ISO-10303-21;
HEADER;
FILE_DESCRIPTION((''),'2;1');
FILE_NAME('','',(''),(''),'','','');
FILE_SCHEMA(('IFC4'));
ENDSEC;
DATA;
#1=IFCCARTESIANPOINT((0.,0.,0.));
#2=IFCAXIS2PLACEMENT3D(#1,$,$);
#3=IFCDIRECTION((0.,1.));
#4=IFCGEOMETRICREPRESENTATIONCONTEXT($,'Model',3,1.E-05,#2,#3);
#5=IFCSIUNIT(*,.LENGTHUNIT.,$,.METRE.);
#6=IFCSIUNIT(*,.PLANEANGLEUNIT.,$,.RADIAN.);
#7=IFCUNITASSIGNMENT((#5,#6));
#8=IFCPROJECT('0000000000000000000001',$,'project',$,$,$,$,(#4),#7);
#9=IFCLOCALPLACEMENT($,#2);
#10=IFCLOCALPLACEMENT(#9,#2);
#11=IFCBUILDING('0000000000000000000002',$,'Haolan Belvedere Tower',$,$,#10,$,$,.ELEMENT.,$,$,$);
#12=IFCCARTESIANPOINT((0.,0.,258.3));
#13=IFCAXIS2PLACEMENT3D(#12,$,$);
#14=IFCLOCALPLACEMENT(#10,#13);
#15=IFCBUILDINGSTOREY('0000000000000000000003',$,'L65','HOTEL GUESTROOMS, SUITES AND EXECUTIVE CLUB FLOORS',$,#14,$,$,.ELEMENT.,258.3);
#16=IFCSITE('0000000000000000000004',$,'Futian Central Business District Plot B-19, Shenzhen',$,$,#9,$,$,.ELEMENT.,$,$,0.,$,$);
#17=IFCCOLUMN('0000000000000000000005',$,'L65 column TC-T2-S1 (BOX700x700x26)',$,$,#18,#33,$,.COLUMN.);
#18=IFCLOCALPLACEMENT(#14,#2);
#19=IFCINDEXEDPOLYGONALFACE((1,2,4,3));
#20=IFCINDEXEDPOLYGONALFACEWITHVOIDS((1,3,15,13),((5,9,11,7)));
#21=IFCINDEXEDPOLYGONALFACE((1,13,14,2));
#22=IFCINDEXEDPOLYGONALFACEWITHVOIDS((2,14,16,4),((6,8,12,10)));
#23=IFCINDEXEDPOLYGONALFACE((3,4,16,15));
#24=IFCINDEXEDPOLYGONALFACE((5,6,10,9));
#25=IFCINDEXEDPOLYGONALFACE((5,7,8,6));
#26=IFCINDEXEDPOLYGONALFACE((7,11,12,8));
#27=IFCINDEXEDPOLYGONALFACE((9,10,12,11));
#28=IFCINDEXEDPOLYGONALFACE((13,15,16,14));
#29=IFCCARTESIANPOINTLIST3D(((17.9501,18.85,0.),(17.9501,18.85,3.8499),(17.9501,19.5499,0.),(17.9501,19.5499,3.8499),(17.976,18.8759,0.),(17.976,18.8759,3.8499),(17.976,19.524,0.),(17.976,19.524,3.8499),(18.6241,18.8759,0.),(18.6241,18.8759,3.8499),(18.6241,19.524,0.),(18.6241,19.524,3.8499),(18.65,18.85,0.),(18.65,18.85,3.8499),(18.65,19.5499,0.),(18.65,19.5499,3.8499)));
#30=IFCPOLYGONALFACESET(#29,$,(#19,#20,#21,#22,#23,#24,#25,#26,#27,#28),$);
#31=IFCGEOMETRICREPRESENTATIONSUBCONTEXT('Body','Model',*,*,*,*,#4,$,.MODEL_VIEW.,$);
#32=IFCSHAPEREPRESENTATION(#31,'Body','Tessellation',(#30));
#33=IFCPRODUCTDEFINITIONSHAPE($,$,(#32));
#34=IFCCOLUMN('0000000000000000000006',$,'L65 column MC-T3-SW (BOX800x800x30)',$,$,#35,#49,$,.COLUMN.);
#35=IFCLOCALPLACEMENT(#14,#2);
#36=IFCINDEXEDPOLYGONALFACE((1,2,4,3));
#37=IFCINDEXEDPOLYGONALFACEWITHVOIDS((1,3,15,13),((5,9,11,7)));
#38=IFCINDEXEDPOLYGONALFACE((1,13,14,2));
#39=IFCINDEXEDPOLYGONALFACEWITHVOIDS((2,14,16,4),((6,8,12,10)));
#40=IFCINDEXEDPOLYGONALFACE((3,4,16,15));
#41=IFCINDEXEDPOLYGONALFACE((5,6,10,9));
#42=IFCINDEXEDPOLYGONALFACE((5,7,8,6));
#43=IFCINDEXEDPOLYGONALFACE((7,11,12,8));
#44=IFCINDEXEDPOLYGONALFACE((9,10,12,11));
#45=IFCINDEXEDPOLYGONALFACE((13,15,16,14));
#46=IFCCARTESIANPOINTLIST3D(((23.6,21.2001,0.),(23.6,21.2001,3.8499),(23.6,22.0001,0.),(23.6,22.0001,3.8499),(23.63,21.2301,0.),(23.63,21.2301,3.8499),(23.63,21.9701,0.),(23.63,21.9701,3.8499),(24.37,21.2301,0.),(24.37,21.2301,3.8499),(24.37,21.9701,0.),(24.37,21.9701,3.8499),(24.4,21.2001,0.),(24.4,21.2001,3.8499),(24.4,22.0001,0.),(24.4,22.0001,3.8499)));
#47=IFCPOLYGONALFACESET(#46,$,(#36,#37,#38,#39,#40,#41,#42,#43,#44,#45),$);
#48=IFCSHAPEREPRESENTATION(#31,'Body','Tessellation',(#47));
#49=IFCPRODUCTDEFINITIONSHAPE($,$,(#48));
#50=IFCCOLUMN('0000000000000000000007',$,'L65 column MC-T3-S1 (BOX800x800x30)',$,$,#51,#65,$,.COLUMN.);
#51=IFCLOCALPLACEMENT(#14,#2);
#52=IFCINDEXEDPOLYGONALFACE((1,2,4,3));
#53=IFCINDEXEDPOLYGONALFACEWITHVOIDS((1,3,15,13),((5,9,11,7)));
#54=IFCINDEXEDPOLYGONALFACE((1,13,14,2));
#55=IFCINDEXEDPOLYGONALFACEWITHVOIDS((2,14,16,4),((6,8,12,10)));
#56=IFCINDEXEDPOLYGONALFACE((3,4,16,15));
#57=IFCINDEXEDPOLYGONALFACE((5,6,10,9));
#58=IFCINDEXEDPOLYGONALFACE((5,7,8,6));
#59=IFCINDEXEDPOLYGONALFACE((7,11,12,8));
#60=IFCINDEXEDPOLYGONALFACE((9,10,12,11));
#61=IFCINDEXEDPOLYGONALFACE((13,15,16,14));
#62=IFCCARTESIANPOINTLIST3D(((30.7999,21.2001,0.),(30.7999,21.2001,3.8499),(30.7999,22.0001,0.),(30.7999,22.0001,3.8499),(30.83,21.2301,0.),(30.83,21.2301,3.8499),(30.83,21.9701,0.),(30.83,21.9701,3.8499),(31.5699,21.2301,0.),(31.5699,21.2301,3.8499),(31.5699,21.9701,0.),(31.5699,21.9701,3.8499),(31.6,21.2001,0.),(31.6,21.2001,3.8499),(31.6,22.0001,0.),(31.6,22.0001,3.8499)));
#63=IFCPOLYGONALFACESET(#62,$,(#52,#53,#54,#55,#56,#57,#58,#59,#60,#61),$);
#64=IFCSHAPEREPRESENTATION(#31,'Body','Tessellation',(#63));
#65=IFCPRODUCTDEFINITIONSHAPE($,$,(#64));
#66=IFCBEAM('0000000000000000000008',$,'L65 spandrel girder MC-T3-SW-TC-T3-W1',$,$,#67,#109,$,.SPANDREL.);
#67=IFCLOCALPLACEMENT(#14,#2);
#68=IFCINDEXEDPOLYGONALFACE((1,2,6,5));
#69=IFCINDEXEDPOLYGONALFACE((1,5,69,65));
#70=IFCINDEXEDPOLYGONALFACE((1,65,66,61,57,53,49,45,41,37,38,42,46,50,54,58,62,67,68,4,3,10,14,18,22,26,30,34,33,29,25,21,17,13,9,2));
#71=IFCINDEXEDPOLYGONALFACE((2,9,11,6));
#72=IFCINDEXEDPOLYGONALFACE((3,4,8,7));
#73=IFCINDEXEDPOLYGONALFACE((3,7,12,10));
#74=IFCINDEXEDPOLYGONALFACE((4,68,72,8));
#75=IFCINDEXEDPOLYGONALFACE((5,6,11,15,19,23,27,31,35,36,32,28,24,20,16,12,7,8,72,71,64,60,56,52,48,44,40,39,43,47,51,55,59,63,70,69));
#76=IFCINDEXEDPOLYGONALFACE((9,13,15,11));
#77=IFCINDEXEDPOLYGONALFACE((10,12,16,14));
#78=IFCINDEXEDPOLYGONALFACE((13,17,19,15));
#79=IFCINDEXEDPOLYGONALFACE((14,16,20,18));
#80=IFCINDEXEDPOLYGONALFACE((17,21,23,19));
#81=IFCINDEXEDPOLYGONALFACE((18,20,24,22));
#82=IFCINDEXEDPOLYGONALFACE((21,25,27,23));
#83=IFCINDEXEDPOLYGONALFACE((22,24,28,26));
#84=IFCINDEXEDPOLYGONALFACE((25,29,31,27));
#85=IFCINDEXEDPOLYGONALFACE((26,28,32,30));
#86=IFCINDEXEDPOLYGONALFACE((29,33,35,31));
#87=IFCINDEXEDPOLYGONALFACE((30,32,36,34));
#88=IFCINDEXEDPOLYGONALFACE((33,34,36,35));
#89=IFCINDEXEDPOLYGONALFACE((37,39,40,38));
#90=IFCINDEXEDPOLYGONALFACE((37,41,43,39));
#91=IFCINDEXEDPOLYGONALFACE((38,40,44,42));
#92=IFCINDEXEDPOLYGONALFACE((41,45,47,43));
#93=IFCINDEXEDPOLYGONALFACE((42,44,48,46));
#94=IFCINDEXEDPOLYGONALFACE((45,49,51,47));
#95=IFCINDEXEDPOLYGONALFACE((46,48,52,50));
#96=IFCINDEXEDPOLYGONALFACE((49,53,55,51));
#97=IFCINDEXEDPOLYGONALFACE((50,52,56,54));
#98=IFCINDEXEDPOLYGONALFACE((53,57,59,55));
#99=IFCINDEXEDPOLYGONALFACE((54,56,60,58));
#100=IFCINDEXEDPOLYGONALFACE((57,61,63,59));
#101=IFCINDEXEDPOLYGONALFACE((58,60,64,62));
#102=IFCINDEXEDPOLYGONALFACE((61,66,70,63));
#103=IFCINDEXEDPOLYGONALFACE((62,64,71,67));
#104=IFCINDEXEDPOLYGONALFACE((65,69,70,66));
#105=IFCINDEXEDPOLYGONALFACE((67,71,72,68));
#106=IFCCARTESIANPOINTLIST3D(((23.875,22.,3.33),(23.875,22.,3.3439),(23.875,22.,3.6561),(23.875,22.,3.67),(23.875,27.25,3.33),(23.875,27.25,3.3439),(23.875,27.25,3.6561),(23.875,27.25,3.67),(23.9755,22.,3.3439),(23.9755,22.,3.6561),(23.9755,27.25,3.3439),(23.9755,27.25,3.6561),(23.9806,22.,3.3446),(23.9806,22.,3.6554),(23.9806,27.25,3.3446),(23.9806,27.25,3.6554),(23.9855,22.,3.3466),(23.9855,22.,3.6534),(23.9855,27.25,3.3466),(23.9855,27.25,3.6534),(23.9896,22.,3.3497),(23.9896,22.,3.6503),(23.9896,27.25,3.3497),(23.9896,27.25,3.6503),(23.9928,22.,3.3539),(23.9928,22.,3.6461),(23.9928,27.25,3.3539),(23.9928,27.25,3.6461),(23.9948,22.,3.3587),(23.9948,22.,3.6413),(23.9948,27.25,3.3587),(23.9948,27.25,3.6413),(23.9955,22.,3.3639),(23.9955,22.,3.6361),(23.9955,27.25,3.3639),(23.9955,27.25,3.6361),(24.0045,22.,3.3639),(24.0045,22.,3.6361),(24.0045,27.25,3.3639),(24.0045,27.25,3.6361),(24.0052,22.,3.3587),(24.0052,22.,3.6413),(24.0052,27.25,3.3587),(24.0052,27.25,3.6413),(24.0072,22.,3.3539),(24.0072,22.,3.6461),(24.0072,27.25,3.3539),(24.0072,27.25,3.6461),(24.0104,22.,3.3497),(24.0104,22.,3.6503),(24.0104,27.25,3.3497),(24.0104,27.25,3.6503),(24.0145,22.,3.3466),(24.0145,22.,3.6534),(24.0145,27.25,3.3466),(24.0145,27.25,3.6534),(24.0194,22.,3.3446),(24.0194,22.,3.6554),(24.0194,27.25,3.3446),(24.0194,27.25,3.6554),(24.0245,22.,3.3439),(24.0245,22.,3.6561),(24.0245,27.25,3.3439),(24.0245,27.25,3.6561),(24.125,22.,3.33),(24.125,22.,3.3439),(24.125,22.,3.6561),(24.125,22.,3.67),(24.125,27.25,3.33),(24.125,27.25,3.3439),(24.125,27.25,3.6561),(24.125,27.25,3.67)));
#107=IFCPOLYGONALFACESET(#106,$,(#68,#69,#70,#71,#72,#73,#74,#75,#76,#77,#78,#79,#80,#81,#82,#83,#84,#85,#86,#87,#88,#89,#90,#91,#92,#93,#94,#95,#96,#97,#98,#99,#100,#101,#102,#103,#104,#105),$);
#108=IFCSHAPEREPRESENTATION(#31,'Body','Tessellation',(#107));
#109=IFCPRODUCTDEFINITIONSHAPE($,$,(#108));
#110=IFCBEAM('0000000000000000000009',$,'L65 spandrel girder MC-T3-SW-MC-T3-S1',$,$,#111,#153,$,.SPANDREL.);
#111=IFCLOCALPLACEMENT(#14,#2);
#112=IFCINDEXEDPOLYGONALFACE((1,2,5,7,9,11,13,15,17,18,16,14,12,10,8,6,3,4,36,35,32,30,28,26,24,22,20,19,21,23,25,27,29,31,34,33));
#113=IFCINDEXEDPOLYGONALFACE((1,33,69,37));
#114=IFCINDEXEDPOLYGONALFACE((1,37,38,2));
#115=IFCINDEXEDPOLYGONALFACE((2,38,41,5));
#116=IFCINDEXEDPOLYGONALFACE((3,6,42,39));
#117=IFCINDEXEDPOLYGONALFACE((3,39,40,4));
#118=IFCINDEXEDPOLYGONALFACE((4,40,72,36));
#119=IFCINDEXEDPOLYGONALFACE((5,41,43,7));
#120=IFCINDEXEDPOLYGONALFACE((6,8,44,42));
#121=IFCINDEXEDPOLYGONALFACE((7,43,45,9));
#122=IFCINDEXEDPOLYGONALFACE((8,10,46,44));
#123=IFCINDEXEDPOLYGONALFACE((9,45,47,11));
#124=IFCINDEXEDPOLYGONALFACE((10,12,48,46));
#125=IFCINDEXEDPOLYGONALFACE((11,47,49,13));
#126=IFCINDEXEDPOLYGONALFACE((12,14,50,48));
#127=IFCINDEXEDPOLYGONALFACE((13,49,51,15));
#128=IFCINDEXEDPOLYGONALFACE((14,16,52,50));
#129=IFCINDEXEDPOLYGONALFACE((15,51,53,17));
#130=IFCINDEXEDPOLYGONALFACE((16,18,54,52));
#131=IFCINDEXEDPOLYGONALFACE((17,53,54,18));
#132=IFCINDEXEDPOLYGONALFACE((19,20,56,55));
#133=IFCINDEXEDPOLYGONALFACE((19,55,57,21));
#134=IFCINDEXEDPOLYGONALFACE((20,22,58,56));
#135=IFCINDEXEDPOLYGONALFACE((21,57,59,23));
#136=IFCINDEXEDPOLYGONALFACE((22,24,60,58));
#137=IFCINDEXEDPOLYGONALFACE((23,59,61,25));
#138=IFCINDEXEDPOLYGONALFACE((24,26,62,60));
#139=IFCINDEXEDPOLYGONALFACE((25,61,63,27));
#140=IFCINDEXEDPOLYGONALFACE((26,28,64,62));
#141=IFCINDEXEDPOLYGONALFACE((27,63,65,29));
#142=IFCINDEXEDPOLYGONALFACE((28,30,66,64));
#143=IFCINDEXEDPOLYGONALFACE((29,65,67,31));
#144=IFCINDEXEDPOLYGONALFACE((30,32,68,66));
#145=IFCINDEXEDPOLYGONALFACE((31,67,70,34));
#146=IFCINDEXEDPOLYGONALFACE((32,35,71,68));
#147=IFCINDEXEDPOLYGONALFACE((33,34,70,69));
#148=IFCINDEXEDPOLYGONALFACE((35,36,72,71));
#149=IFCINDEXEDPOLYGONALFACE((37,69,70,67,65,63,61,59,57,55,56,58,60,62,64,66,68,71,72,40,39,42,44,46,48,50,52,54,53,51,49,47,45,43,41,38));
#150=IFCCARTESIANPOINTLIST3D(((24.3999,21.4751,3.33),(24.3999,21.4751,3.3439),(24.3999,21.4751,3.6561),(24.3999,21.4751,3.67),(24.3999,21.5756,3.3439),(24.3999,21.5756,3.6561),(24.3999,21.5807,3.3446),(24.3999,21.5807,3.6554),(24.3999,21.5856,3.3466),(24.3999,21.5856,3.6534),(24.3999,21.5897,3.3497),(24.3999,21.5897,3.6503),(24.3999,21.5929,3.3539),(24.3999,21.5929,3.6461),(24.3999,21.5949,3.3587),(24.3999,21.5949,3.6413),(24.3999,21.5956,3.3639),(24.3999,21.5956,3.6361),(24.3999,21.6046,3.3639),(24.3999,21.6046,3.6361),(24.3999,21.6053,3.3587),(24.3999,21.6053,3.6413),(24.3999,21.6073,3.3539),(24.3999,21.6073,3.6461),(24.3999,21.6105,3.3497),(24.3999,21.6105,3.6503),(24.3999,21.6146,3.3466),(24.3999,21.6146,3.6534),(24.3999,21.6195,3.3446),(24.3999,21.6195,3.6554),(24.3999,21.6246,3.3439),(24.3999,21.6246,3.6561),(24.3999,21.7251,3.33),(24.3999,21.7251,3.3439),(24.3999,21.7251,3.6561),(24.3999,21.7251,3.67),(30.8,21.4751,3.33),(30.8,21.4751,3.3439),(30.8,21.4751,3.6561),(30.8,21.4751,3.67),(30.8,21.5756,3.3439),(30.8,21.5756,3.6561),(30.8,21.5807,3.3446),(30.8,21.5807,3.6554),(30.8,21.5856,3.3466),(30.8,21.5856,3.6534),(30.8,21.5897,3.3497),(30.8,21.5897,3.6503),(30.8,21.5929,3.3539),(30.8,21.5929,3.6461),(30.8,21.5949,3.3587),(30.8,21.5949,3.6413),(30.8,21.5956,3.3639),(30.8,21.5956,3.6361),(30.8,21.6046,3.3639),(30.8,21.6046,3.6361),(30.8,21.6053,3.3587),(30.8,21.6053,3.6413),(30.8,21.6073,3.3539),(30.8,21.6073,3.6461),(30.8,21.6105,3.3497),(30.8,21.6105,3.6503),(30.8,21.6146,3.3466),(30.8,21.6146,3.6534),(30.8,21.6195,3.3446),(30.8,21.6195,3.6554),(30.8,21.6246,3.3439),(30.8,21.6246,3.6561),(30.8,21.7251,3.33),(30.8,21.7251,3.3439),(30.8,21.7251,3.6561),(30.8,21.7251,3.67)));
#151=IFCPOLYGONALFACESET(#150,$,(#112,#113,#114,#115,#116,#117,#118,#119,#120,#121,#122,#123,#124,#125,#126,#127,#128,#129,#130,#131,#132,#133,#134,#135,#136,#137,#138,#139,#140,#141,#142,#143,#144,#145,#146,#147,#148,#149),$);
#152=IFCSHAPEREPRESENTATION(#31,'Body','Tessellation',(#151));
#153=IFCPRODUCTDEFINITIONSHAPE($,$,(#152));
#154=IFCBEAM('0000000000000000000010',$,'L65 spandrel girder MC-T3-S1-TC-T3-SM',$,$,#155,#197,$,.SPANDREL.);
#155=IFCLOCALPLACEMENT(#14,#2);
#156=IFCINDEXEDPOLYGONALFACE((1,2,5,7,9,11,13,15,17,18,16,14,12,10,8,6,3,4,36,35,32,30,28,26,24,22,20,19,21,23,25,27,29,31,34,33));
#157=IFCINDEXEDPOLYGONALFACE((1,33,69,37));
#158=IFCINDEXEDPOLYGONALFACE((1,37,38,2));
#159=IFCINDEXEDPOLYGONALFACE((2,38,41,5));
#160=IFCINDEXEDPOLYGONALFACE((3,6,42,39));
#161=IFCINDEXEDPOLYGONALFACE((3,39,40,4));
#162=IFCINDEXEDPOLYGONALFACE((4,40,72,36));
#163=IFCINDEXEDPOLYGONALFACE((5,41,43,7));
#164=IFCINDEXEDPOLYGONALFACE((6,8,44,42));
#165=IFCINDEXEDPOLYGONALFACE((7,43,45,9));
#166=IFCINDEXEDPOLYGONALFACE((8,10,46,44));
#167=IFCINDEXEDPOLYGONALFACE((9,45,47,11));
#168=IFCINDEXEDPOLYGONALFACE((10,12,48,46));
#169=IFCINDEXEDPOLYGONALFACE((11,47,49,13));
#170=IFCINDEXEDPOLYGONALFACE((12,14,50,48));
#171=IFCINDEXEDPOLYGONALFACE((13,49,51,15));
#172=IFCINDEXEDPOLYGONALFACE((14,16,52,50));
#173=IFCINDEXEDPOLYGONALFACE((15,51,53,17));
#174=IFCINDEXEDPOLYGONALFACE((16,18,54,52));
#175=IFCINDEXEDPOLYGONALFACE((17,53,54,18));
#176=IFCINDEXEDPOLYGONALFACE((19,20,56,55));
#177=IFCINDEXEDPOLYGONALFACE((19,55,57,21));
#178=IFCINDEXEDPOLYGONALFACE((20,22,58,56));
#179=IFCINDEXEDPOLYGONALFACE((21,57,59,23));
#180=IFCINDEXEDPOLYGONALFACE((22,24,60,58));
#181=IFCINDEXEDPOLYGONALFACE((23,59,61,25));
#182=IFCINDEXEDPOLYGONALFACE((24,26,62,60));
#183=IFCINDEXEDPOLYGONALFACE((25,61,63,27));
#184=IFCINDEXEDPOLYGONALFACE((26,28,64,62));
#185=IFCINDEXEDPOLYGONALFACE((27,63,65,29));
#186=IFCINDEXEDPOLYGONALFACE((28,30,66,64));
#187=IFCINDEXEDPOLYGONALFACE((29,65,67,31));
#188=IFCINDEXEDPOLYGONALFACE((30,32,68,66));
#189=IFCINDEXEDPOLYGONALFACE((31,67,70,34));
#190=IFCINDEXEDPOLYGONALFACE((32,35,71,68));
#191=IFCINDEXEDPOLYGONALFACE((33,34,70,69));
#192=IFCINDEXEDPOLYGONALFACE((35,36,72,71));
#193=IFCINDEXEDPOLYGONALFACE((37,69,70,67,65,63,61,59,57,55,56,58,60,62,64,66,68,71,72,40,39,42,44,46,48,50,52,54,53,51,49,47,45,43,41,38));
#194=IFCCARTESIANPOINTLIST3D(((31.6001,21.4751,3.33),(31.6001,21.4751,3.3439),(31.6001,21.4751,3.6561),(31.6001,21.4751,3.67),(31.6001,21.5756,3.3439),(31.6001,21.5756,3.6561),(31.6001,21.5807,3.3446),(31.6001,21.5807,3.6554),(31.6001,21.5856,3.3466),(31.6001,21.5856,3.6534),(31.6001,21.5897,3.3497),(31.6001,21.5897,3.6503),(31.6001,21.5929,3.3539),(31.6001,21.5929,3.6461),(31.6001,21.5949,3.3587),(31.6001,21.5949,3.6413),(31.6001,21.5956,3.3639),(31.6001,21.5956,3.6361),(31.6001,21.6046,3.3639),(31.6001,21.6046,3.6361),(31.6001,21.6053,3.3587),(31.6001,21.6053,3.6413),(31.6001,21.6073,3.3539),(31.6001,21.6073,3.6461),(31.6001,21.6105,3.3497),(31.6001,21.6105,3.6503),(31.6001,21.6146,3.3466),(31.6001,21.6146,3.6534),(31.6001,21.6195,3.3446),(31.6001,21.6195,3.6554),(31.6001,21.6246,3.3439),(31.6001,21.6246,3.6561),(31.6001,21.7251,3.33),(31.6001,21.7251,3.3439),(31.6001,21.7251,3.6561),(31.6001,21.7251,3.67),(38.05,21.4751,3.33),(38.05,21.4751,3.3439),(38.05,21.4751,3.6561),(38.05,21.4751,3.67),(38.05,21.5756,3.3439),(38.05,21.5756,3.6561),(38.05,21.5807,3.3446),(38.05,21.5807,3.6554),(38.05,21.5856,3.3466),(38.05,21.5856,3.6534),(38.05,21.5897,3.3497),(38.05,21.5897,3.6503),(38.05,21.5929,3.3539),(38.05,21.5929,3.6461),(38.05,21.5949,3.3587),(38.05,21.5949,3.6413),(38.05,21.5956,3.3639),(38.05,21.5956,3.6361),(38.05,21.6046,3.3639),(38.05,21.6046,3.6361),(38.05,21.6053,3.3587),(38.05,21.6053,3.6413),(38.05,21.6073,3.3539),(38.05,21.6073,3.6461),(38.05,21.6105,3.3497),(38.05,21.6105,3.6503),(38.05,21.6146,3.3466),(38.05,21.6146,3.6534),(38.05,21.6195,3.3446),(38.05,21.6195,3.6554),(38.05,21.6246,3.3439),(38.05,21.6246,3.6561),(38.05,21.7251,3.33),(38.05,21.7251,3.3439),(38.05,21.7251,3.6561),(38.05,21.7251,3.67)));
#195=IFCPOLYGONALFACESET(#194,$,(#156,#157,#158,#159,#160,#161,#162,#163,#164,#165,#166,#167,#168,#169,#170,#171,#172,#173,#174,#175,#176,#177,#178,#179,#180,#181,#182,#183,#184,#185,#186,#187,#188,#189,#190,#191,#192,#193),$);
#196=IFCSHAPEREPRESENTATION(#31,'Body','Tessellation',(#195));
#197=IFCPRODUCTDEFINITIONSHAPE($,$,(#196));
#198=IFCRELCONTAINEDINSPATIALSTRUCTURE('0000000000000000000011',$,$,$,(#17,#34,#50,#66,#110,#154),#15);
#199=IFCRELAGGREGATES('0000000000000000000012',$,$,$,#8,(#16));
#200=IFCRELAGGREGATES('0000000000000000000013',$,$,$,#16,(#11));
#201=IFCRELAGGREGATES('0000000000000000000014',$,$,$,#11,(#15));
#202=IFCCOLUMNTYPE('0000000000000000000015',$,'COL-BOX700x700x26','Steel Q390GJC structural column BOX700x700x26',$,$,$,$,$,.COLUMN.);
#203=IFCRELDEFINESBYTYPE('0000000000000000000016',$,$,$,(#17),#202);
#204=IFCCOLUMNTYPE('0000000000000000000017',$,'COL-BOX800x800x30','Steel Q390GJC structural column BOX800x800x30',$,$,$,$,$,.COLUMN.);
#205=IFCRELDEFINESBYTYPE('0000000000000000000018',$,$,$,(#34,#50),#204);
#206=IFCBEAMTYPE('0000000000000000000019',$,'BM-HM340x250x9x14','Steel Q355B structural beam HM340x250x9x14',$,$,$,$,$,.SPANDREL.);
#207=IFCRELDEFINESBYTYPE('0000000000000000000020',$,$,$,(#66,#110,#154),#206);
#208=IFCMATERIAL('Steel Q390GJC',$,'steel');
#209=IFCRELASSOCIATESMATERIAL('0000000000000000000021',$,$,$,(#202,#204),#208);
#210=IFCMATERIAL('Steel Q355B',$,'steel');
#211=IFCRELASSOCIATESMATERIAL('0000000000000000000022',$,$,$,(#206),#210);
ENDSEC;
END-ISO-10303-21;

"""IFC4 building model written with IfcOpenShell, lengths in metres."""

from ifc_helpers import new_model, si_unit, direction, frame, origin, origin_2d, place, context, subcontext, project, spatial, hollow_rectangle, i_section, extrude, material, material_profile, profile_set, type_object, element, save


model = new_model("IFC4")

# Units and contexts
model_context = context("Model", 3, precision=1e-05, world=origin(), true_north=direction((0.0, 1.0)))
body_context = subcontext(model_context, "Body", "Model", "MODEL_VIEW")
ifc_project = project(units=[si_unit("LENGTHUNIT", "METRE"), si_unit("PLANEANGLEUNIT", "RADIAN")], contexts=[model_context])

# Site, building, storey
site_placement = place(None, origin())
site = spatial("IfcSite", under=ifc_project, at=site_placement, Name="Futian Central Business District Plot B-19, Shenzhen", CompositionType="ELEMENT", RefElevation=0.0)
building_placement = place(site_placement, origin())
building = spatial("IfcBuilding", under=site, at=building_placement, Name="Haolan Belvedere Tower", CompositionType="ELEMENT")
storey_placement = place(building_placement, frame((0.0, 0.0, 258.3)))
storey = spatial("IfcBuildingStorey", under=building, at=storey_placement, Name="L65", Description="HOTEL GUESTROOMS, SUITES AND EXECUTIVE CLUB FLOORS", CompositionType="ELEMENT", Elevation=258.3)

# Columns
ifc_material_1 = material(Name="Steel Q390GJC", Category="steel")
ifc_material_profile_1 = material_profile(ifc_material_1, hollow_rectangle(XDim=0.7, YDim=0.7, WallThickness=0.0259, at=origin_2d()), Name="Steel Q390GJC")
ifc_profile_set_1 = profile_set([ifc_material_profile_1], Name="Steel Q390GJC")
column_type_1 = type_object("IfcColumnType", Name="COL-BOX700x700x26", Description="Steel Q390GJC structural column BOX700x700x26", PredefinedType="COLUMN", material=ifc_profile_set_1)
column_placement = place(storey_placement, frame((18.3, 19.2, 0.0), z_axis=(0.0, 0.0, 1.0), x_axis=(1.0, 0.0, 0.0)))
element("IfcColumn", 1, at=column_placement, inside=storey, type_object=column_type_1, Name="L65 column TC-T2-S1 (BOX700x700x26)", PredefinedType="COLUMN", context=body_context, shape_type="SweptSolid", body=[
    extrude(hollow_rectangle(XDim=0.7, YDim=0.7, WallThickness=0.0259, at=origin_2d()), origin(), (0.0, 0.0, 1.0), 3.8499),
])
ifc_material_profile_2 = material_profile(ifc_material_1, hollow_rectangle(XDim=0.8, YDim=0.8, WallThickness=0.03, at=origin_2d()), Name="Steel Q390GJC")
ifc_profile_set_2 = profile_set([ifc_material_profile_2], Name="Steel Q390GJC")
column_type_2 = type_object("IfcColumnType", Name="COL-BOX800x800x30", Description="Steel Q390GJC structural column BOX800x800x30", PredefinedType="COLUMN", material=ifc_profile_set_2)
for number, where, z_axis, x_axis, name in (
    (2, (24.0, 21.6001, 0.0), (0.0, 0.0, 1.0), (1.0, 0.0, 0.0), "L65 column MC-T3-SW (BOX800x800x30)"),
    (3, (31.2, 21.6001, 0.0), (0.0, 0.0, 1.0), (1.0, 0.0, 0.0), "L65 column MC-T3-S1 (BOX800x800x30)"),
):
    element("IfcColumn", number, at=place(storey_placement, frame(where, z_axis=z_axis, x_axis=x_axis)), inside=storey, type_object=column_type_2, Name=name, PredefinedType="COLUMN", context=body_context, shape_type="SweptSolid", body=[
        extrude(hollow_rectangle(XDim=0.8, YDim=0.8, WallThickness=0.03, at=origin_2d()), origin(), (0.0, 0.0, 1.0), 3.8499),
    ])

# Beams
ifc_material_2 = material(Name="Steel Q355B", Category="steel")
ifc_material_profile_3 = material_profile(ifc_material_2, i_section(OverallWidth=0.25, OverallDepth=0.3401, WebThickness=0.009, FlangeThickness=0.0139, FilletRadius=0.02, at=origin_2d()), Name="Steel Q355B")
ifc_profile_set_3 = profile_set([ifc_material_profile_3], Name="Steel Q355B")
beam_type_1 = type_object("IfcBeamType", Name="BM-HM340x250x9x14", Description="Steel Q355B structural beam HM340x250x9x14", PredefinedType="SPANDREL", material=ifc_profile_set_3)
beam_1_placement = place(storey_placement, frame((24.0, 22.0, 3.5), z_axis=(0.0, 1.0, 0.0), x_axis=(-1.0, 0.0, 0.0)))
element("IfcBeam", 4, at=beam_1_placement, inside=storey, type_object=beam_type_1, Name="L65 spandrel girder MC-T3-SW-TC-T3-W1", PredefinedType="SPANDREL", context=body_context, shape_type="SweptSolid", body=[
    extrude(i_section(OverallWidth=0.25, OverallDepth=0.3401, WebThickness=0.009, FlangeThickness=0.0139, FilletRadius=0.02, at=origin_2d()), origin(), (0.0, 0.0, 1.0), 5.25),
])
beam_2_placement = place(storey_placement, frame((24.3999, 21.6001, 3.5), z_axis=(1.0, 0.0, 0.0), x_axis=(0.0, 1.0, 0.0)))
element("IfcBeam", 5, at=beam_2_placement, inside=storey, type_object=beam_type_1, Name="L65 spandrel girder MC-T3-SW-MC-T3-S1", PredefinedType="SPANDREL", context=body_context, shape_type="SweptSolid", body=[
    extrude(i_section(OverallWidth=0.25, OverallDepth=0.3401, WebThickness=0.009, FlangeThickness=0.0139, FilletRadius=0.02, at=origin_2d()), origin(), (0.0, 0.0, 1.0), 6.4001),
])
beam_3_placement = place(storey_placement, frame((31.6001, 21.6001, 3.5), z_axis=(1.0, 0.0, 0.0), x_axis=(0.0, 1.0, 0.0)))
element("IfcBeam", 6, at=beam_3_placement, inside=storey, type_object=beam_type_1, Name="L65 spandrel girder MC-T3-S1-TC-T3-SM", PredefinedType="SPANDREL", context=body_context, shape_type="SweptSolid", body=[
    extrude(i_section(OverallWidth=0.25, OverallDepth=0.3401, WebThickness=0.009, FlangeThickness=0.0139, FilletRadius=0.02, at=origin_2d()), origin(), (0.0, 0.0, 1.0), 6.45),
])

save(model, "model.ifc")
